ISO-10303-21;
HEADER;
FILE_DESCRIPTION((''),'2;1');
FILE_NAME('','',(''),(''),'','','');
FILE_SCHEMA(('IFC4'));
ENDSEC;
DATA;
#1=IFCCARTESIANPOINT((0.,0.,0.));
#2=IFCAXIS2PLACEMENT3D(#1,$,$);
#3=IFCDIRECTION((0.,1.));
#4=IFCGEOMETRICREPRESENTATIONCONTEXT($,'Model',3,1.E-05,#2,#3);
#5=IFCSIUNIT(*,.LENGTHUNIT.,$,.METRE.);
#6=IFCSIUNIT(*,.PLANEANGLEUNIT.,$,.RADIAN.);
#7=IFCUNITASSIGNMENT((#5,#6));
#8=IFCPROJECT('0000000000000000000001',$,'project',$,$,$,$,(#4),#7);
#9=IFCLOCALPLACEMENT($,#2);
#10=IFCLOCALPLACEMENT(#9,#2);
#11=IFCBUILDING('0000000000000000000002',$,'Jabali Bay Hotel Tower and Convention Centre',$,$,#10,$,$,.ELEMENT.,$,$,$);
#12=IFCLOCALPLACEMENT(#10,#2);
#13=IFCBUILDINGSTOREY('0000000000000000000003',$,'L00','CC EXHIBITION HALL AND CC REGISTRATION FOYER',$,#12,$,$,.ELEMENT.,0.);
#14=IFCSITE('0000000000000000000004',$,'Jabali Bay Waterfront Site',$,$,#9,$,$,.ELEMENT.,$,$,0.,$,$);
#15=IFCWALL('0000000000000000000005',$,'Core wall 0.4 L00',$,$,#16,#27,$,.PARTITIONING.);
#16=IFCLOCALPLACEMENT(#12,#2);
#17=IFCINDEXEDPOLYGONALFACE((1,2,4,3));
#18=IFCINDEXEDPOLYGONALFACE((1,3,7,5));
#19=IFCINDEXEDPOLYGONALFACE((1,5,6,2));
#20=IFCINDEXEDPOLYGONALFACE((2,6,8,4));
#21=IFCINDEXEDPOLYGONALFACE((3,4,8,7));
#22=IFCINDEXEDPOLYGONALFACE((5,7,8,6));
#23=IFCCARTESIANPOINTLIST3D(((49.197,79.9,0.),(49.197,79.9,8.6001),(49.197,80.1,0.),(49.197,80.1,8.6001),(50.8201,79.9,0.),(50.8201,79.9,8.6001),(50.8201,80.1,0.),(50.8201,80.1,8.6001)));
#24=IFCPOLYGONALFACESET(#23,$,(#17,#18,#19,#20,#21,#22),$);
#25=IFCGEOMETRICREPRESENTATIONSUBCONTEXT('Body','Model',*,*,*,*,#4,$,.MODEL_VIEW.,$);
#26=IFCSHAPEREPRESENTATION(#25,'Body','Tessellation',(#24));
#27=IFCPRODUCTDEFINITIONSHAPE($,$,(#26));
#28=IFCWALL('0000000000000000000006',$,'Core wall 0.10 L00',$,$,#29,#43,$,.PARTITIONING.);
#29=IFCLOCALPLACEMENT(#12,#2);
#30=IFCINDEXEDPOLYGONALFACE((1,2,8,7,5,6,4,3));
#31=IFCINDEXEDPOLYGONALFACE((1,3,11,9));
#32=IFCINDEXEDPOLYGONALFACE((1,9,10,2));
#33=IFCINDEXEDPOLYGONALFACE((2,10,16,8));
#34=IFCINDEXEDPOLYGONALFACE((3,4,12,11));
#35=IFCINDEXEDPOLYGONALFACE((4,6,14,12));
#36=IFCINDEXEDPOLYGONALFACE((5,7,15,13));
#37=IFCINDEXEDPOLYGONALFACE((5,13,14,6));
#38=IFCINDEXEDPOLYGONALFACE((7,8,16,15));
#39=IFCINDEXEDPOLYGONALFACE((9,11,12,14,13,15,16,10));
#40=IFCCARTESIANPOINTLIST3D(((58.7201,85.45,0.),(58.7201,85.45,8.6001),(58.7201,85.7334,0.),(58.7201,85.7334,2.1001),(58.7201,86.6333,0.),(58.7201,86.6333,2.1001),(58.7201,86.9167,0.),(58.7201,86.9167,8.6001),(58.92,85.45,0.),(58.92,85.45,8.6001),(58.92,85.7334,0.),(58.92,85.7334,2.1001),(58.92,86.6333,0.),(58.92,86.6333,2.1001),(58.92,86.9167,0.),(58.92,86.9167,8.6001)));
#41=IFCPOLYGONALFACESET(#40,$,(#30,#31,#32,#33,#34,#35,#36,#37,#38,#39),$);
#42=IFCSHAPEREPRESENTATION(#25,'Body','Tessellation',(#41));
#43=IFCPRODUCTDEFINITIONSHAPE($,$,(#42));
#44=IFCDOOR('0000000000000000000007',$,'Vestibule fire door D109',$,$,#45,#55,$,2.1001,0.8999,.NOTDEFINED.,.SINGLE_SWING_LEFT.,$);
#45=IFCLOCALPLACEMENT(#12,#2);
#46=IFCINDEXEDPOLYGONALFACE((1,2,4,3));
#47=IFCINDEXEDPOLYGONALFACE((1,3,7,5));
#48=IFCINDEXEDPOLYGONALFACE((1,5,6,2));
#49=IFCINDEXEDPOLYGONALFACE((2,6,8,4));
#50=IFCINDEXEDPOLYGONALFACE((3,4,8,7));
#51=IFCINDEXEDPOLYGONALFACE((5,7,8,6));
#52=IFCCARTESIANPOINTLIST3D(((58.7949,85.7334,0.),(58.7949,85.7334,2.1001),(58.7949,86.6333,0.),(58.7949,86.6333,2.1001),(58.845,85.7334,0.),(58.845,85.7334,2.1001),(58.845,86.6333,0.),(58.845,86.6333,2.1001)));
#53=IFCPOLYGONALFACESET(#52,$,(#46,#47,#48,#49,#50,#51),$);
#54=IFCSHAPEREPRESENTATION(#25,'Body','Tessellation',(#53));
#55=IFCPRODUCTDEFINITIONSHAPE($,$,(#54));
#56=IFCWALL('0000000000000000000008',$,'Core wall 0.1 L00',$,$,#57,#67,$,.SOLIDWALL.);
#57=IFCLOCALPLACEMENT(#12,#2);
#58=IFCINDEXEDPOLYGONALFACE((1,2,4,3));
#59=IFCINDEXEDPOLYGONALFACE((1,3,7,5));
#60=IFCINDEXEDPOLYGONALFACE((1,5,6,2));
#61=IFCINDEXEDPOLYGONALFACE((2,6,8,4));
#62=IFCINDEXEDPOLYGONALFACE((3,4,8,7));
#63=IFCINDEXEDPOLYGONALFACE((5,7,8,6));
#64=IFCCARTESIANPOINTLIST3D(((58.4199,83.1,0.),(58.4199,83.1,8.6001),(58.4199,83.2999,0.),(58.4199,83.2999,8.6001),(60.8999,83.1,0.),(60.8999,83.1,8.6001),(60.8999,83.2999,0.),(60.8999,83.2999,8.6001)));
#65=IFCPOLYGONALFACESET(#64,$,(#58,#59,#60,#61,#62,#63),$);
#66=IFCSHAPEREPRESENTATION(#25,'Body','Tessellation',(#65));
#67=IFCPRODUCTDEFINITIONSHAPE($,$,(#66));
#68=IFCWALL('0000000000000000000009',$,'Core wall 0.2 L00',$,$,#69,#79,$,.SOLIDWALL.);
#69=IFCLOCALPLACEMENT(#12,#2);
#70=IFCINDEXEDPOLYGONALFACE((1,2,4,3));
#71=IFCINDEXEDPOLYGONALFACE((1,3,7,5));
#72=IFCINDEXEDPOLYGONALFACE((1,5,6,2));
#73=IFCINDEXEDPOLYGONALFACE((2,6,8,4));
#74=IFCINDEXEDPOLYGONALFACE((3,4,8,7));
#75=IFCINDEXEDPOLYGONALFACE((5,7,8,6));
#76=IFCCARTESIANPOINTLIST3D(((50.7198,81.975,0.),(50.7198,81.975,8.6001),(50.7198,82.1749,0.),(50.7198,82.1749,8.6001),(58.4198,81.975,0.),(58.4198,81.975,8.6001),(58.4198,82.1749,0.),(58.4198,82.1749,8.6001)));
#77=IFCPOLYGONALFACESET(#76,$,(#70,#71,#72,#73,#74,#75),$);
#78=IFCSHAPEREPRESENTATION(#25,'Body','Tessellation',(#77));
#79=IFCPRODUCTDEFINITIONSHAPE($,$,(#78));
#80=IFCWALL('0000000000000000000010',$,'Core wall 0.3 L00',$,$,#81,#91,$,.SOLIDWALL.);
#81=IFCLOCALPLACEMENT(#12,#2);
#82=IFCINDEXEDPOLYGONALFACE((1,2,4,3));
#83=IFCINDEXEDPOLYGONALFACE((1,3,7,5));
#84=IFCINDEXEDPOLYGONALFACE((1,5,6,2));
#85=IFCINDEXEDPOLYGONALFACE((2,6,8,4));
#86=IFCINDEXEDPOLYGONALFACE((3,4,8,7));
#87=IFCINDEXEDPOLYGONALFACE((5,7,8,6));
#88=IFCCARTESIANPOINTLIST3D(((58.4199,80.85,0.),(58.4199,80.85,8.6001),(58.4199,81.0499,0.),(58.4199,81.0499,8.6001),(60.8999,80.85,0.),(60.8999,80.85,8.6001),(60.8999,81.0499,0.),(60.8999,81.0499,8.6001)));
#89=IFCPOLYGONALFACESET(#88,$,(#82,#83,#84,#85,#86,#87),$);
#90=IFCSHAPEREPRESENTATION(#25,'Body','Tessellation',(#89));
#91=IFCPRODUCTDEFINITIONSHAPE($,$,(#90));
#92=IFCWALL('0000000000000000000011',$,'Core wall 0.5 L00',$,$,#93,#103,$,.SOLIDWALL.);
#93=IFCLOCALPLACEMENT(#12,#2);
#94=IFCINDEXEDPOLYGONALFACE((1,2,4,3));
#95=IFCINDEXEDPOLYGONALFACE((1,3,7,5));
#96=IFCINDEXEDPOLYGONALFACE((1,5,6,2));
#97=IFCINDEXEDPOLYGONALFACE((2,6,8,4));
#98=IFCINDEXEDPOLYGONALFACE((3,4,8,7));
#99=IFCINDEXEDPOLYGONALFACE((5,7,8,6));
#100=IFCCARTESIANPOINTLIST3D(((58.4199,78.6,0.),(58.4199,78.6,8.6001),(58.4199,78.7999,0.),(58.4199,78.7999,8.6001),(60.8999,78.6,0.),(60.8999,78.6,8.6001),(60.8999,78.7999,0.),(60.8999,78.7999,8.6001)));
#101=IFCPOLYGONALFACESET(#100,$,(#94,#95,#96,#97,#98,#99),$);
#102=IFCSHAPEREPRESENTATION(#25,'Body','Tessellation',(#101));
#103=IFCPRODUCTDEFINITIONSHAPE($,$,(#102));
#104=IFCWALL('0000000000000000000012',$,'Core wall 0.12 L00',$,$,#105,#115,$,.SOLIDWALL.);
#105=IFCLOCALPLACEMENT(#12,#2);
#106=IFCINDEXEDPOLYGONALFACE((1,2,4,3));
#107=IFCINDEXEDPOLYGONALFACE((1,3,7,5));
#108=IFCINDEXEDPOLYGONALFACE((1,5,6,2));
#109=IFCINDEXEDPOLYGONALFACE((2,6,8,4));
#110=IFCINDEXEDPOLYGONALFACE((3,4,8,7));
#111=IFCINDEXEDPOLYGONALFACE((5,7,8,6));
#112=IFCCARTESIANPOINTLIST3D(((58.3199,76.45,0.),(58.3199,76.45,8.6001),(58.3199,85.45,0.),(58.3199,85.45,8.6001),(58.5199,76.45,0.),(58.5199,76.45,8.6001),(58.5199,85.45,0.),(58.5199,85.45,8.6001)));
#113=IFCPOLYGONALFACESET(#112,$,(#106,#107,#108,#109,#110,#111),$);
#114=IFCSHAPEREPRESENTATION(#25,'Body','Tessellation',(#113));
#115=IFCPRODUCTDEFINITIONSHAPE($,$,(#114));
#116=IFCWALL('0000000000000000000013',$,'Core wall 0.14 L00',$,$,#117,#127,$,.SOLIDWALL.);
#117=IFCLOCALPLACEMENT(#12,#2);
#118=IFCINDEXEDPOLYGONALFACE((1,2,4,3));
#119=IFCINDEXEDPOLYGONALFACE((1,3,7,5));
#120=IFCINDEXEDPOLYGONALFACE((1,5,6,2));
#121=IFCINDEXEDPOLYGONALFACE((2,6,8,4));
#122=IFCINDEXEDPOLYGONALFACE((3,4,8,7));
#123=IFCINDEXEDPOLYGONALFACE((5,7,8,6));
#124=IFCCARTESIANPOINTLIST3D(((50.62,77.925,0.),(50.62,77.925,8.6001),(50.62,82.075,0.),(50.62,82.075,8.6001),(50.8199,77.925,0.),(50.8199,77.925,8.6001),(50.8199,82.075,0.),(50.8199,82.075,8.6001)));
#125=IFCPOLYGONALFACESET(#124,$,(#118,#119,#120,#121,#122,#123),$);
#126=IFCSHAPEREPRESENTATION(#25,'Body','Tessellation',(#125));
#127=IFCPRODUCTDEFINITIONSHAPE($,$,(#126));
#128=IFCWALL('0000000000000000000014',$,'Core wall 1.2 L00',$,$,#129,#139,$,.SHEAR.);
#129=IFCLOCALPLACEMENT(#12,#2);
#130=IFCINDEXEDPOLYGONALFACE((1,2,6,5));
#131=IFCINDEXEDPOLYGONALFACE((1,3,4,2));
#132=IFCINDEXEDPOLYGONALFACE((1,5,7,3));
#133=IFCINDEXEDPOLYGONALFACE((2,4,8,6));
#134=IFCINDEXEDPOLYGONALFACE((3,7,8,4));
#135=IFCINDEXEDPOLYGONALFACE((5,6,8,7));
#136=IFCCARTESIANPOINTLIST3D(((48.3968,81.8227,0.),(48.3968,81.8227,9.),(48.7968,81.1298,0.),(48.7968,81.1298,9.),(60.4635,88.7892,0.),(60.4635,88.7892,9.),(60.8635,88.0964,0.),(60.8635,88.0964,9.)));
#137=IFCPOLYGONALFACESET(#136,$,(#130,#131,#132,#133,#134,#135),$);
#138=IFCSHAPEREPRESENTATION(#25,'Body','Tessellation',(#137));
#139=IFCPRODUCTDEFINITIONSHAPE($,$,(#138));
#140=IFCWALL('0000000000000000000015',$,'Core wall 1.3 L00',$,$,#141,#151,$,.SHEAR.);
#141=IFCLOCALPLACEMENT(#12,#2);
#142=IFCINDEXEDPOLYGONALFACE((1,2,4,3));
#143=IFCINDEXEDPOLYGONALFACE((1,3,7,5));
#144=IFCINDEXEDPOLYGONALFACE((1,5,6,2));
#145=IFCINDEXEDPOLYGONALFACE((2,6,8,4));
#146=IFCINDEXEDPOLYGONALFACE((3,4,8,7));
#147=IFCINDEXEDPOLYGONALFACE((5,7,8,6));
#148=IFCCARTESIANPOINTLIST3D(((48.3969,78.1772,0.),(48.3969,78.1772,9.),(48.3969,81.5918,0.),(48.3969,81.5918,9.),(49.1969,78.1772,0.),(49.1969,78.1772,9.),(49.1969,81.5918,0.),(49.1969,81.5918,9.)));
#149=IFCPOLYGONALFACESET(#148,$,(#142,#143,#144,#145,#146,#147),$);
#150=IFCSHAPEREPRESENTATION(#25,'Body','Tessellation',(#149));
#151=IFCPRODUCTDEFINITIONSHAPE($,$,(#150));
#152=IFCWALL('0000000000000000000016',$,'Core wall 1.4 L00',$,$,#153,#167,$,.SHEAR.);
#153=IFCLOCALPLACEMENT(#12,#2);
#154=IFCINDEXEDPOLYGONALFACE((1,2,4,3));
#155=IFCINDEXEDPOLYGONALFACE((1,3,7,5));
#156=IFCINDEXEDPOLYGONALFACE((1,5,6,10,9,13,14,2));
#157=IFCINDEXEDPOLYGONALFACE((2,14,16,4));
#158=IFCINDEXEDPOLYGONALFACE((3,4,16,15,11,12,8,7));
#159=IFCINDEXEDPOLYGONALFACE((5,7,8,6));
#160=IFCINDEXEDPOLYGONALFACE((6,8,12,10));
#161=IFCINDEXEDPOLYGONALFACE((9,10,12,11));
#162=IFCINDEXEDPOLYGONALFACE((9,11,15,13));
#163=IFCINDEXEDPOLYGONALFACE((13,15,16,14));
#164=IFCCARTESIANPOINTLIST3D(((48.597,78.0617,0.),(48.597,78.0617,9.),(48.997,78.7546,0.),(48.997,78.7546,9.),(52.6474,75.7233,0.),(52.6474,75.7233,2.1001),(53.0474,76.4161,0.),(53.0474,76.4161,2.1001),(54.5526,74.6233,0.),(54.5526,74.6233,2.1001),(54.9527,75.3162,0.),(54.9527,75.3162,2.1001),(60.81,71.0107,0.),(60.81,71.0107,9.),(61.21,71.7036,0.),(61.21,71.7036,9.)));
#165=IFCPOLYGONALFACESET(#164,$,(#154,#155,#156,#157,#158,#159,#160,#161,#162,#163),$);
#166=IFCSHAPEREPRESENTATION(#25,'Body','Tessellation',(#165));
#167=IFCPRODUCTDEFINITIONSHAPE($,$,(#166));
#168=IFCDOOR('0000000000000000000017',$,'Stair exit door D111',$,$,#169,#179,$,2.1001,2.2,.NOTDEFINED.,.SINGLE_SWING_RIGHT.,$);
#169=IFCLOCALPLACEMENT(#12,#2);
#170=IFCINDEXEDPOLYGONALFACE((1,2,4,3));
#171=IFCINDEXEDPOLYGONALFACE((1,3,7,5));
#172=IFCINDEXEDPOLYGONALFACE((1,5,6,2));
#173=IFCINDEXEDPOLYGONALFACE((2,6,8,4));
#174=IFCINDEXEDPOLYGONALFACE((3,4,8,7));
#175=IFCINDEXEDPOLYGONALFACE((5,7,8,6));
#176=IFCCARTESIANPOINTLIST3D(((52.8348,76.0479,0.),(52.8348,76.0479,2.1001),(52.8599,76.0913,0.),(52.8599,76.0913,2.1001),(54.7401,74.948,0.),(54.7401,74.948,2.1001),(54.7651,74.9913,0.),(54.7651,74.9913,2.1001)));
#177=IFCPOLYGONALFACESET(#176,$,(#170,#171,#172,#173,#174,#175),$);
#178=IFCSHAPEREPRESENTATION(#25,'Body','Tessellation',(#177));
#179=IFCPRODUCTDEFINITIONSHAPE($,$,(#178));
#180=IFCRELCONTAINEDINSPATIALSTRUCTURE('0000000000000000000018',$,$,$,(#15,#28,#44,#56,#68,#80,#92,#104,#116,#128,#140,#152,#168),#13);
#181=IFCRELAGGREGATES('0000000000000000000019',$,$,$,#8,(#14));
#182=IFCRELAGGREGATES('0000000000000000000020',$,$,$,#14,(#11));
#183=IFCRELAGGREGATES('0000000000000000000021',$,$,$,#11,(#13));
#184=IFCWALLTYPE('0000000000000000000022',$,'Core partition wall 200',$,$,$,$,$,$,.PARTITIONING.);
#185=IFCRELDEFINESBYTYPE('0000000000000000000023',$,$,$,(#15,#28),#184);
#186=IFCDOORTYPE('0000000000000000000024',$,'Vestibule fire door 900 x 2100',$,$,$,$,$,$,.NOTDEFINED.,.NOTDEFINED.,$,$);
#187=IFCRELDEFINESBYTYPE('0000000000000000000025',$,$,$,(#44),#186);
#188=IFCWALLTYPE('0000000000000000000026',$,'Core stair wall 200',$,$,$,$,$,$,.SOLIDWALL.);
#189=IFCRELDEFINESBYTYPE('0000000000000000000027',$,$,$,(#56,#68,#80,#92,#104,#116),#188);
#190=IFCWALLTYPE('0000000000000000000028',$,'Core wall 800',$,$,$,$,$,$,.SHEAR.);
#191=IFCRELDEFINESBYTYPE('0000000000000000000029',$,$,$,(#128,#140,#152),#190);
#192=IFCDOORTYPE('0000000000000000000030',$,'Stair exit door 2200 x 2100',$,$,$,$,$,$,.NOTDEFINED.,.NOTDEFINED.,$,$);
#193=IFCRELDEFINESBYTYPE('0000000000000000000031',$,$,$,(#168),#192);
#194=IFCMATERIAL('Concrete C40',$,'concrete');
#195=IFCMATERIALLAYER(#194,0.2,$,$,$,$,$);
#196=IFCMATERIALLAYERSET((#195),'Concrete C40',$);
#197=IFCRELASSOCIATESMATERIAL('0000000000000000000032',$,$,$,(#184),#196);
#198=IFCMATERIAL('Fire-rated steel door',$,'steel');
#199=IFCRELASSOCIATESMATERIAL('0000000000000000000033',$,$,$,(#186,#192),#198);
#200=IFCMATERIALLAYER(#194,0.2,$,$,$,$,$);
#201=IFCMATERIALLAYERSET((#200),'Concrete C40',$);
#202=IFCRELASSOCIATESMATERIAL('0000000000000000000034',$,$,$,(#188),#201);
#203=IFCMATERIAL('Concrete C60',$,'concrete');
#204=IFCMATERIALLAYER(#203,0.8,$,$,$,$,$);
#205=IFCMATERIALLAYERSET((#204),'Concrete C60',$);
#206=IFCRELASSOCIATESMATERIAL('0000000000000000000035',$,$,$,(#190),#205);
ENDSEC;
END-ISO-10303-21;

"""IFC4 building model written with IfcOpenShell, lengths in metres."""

from ifc_helpers import new_model, si_unit, direction, frame, frame_2d, origin, place, context, subcontext, project, spatial, rectangle, extrude, material, layer, layer_set, type_object, element, fill, save


model = new_model("IFC4")

# Units and contexts
model_context = context("Model", 3, precision=1e-05, world=origin(), true_north=direction((0.0, 1.0)))
body_context = subcontext(model_context, "Body", "Model", "MODEL_VIEW")
ifc_project = project(units=[si_unit("LENGTHUNIT", "METRE"), si_unit("PLANEANGLEUNIT", "RADIAN")], contexts=[model_context])

# Site, building, storey
site_placement = place(None, origin())
site = spatial("IfcSite", under=ifc_project, at=site_placement, Name="Jabali Bay Waterfront Site", CompositionType="ELEMENT", RefElevation=0.0)
building_placement = place(site_placement, origin())
building = spatial("IfcBuilding", under=site, at=building_placement, Name="Jabali Bay Hotel Tower and Convention Centre", CompositionType="ELEMENT")
storey_placement = place(building_placement, origin())
storey = spatial("IfcBuildingStorey", under=building, at=storey_placement, Name="L00", Description="CC EXHIBITION HALL AND CC REGISTRATION FOYER", CompositionType="ELEMENT", Elevation=0.0)

# Wall
ifc_material_1 = material(Name="Concrete C40", Category="concrete")
ifc_layer_1 = layer(ifc_material_1, 0.2)
ifc_layer_set_1 = layer_set([ifc_layer_1], Name="Concrete C40")
wall_type_1 = type_object("IfcWallType", Name="Core partition wall 200", PredefinedType="PARTITIONING", material=ifc_layer_set_1)
wall_1_placement = place(storey_placement, frame((50.8201, 80.0, 0.0), z_axis=(0.0, 0.0, 1.0), x_axis=(-1.0, 0.0, 0.0)))
element("IfcWall", 1, at=wall_1_placement, inside=storey, type_object=wall_type_1, Name="Core wall 0.4 L00", PredefinedType="PARTITIONING", context=body_context, shape_type="SweptSolid", body=[
    extrude(rectangle(XDim=1.623, YDim=0.2, at=frame_2d((0.8115, 0.0))), origin(), (0.0, 0.0, 1.0), 8.6001),
])

# Wall, opening, door
wall_2_placement = place(storey_placement, frame((58.8201, 86.9167, 0.0), z_axis=(0.0, 0.0, 1.0), x_axis=(0.0, -1.0, 0.0)))
wall_2 = element("IfcWall", 2, at=wall_2_placement, inside=storey, type_object=wall_type_1, Name="Core wall 0.10 L00", PredefinedType="PARTITIONING", context=body_context, shape_type="SweptSolid", body=[
    extrude(rectangle(XDim=1.4668, YDim=0.2, at=frame_2d((0.7334, 0.0))), origin(), (0.0, 0.0, 1.0), 8.6001),
])
opening_1_placement = place(wall_2_placement, frame((0.2834, 0.0, 0.0)))
opening_1 = element("IfcOpeningElement", 3, at=opening_1_placement, cuts=wall_2, PredefinedType="OPENING", context=body_context, shape_type="SweptSolid", body=[
    extrude(rectangle(XDim=0.8999, YDim=2.1001, at=frame_2d((0.45, 1.05))), frame((0.0, 0.1104, 0.0), z_axis=(0.0, -1.0, 0.0), x_axis=(1.0, 0.0, 0.0)), (0.0, 0.0, 1.0), 0.2209),
])
ifc_material_2 = material(Name="Fire-rated steel door", Category="steel")
door_type_1 = type_object("IfcDoorType", Name="Vestibule fire door 900 x 2100", OperationType="NOTDEFINED", PredefinedType="NOTDEFINED", material=ifc_material_2)
door_1_placement = place(opening_1_placement, origin())
door_1 = element("IfcDoor", 4, at=door_1_placement, inside=storey, type_object=door_type_1, Name="Vestibule fire door D109", OperationType="SINGLE_SWING_LEFT", OverallHeight=2.1001, OverallWidth=0.8999, PredefinedType="NOTDEFINED", context=body_context, shape_type="SweptSolid", body=[
    extrude(rectangle(XDim=0.8999, YDim=2.1001, at=frame_2d((0.45, 1.05))), frame((0.0, 0.0249, 0.0), z_axis=(0.0, -1.0, 0.0), x_axis=(1.0, 0.0, 0.0)), (0.0, 0.0, 1.0), 0.05),
])
fill(opening_1, door_1)

# Walls
ifc_layer_2 = layer(ifc_material_1, 0.2)
ifc_layer_set_2 = layer_set([ifc_layer_2], Name="Concrete C40")
wall_type_2 = type_object("IfcWallType", Name="Core stair wall 200", PredefinedType="SOLIDWALL", material=ifc_layer_set_2)
wall_3_placement = place(storey_placement, frame((60.8999, 83.2, 0.0), z_axis=(0.0, 0.0, 1.0), x_axis=(-1.0, 0.0, 0.0)))
element("IfcWall", 5, at=wall_3_placement, inside=storey, type_object=wall_type_2, Name="Core wall 0.1 L00", PredefinedType="SOLIDWALL", context=body_context, shape_type="SweptSolid", body=[
    extrude(rectangle(XDim=2.48, YDim=0.2, at=frame_2d((1.24, 0.0))), origin(), (0.0, 0.0, 1.0), 8.6001),
])
wall_4_placement = place(storey_placement, frame((58.4199, 82.075, 0.0), z_axis=(0.0, 0.0, 1.0), x_axis=(-1.0, 0.0, 0.0)))
element("IfcWall", 6, at=wall_4_placement, inside=storey, type_object=wall_type_2, Name="Core wall 0.2 L00", PredefinedType="SOLIDWALL", context=body_context, shape_type="SweptSolid", body=[
    extrude(rectangle(XDim=7.7, YDim=0.2, at=frame_2d((3.8501, 0.0))), origin(), (0.0, 0.0, 1.0), 8.6001),
])
for number, where, z_axis, x_axis, name in (
    (7, (60.8999, 80.95, 0.0), (0.0, 0.0, 1.0), (-1.0, 0.0, 0.0), "Core wall 0.3 L00"),
    (8, (60.8999, 78.7, 0.0), (0.0, 0.0, 1.0), (-1.0, 0.0, 0.0), "Core wall 0.5 L00"),
):
    element("IfcWall", number, at=place(storey_placement, frame(where, z_axis=z_axis, x_axis=x_axis)), inside=storey, type_object=wall_type_2, Name=name, PredefinedType="SOLIDWALL", context=body_context, shape_type="SweptSolid", body=[
        extrude(rectangle(XDim=2.48, YDim=0.2, at=frame_2d((1.24, 0.0))), origin(), (0.0, 0.0, 1.0), 8.6001),
    ])
wall_5_placement = place(storey_placement, frame((58.4199, 85.45, 0.0), z_axis=(0.0, 0.0, 1.0), x_axis=(0.0, -1.0, 0.0)))
element("IfcWall", 9, at=wall_5_placement, inside=storey, type_object=wall_type_2, Name="Core wall 0.12 L00", PredefinedType="SOLIDWALL", context=body_context, shape_type="SweptSolid", body=[
    extrude(rectangle(XDim=9.0, YDim=0.2, at=frame_2d((4.5, 0.0))), origin(), (0.0, 0.0, 1.0), 8.6001),
])
wall_6_placement = place(storey_placement, frame((50.72, 82.075, 0.0), z_axis=(0.0, 0.0, 1.0), x_axis=(0.0, -1.0, 0.0)))
element("IfcWall", 10, at=wall_6_placement, inside=storey, type_object=wall_type_2, Name="Core wall 0.14 L00", PredefinedType="SOLIDWALL", context=body_context, shape_type="SweptSolid", body=[
    extrude(rectangle(XDim=4.1499, YDim=0.2, at=frame_2d((2.075, 0.0))), origin(), (0.0, 0.0, 1.0), 8.6001),
])
ifc_material_3 = material(Name="Concrete C60", Category="concrete")
ifc_layer_3 = layer(ifc_material_3, 0.8)
ifc_layer_set_3 = layer_set([ifc_layer_3], Name="Concrete C60")
wall_type_3 = type_object("IfcWallType", Name="Core wall 800", PredefinedType="SHEAR", material=ifc_layer_set_3)
wall_7_placement = place(storey_placement, frame((60.6636, 88.4429, 0.0), z_axis=(0.0, 0.0, 1.0), x_axis=(-0.866029, -0.499993, 0.0)))
element("IfcWall", 11, at=wall_7_placement, inside=storey, type_object=wall_type_3, Name="Core wall 1.2 L00", PredefinedType="SHEAR", context=body_context, shape_type="SweptSolid", body=[
    extrude(rectangle(XDim=13.9333, YDim=0.8, at=frame_2d((6.9668, 0.0))), origin(), (0.0, 0.0, 1.0), 9.0),
])
wall_8_placement = place(storey_placement, frame((48.7969, 81.5918, 0.0), z_axis=(0.0, 0.0, 1.0), x_axis=(0.0, -1.0, 0.0)))
element("IfcWall", 12, at=wall_8_placement, inside=storey, type_object=wall_type_3, Name="Core wall 1.3 L00", PredefinedType="SHEAR", context=body_context, shape_type="SweptSolid", body=[
    extrude(rectangle(XDim=3.4146, YDim=0.8, at=frame_2d((1.7073, 0.0))), origin(), (0.0, 0.0, 1.0), 9.0),
])

# Wall, opening, door
wall_9_placement = place(storey_placement, frame((48.7969, 78.4082, 0.0), z_axis=(0.0, 0.0, 1.0), x_axis=(0.866033, -0.499988, 0.0)))
wall_9 = element("IfcWall", 13, at=wall_9_placement, inside=storey, type_object=wall_type_3, Name="Core wall 1.4 L00", PredefinedType="SHEAR", context=body_context, shape_type="SweptSolid", body=[
    extrude(rectangle(XDim=14.1023, YDim=0.8, at=frame_2d((7.0513, 0.0))), origin(), (0.0, 0.0, 1.0), 9.0),
])
opening_2_placement = place(wall_9_placement, frame((4.677, 0.0, 0.0)))
opening_2 = element("IfcOpeningElement", 14, at=opening_2_placement, cuts=wall_9, PredefinedType="OPENING", context=body_context, shape_type="SweptSolid", body=[
    extrude(rectangle(XDim=2.2, YDim=2.1001, at=frame_2d((1.1001, 1.05))), frame((0.0, 0.4106, 0.0), z_axis=(0.0, -1.0, 0.0), x_axis=(1.0, 0.0, 0.0)), (0.0, 0.0, 1.0), 0.821),
])
door_type_2 = type_object("IfcDoorType", Name="Stair exit door 2200 x 2100", OperationType="NOTDEFINED", PredefinedType="NOTDEFINED", material=ifc_material_2)
door_2_placement = place(opening_2_placement, origin())
door_2 = element("IfcDoor", 15, at=door_2_placement, inside=storey, type_object=door_type_2, Name="Stair exit door D111", OperationType="SINGLE_SWING_RIGHT", OverallHeight=2.1001, OverallWidth=2.2, PredefinedType="NOTDEFINED", context=body_context, shape_type="SweptSolid", body=[
    extrude(rectangle(XDim=2.2, YDim=2.1001, at=frame_2d((1.1001, 1.05))), frame((0.0, 0.0249, 0.0), z_axis=(0.0, -1.0, 0.0), x_axis=(1.0, 0.0, 0.0)), (0.0, 0.0, 1.0), 0.05),
])
fill(opening_2, door_2)

save(model, "model.ifc")
